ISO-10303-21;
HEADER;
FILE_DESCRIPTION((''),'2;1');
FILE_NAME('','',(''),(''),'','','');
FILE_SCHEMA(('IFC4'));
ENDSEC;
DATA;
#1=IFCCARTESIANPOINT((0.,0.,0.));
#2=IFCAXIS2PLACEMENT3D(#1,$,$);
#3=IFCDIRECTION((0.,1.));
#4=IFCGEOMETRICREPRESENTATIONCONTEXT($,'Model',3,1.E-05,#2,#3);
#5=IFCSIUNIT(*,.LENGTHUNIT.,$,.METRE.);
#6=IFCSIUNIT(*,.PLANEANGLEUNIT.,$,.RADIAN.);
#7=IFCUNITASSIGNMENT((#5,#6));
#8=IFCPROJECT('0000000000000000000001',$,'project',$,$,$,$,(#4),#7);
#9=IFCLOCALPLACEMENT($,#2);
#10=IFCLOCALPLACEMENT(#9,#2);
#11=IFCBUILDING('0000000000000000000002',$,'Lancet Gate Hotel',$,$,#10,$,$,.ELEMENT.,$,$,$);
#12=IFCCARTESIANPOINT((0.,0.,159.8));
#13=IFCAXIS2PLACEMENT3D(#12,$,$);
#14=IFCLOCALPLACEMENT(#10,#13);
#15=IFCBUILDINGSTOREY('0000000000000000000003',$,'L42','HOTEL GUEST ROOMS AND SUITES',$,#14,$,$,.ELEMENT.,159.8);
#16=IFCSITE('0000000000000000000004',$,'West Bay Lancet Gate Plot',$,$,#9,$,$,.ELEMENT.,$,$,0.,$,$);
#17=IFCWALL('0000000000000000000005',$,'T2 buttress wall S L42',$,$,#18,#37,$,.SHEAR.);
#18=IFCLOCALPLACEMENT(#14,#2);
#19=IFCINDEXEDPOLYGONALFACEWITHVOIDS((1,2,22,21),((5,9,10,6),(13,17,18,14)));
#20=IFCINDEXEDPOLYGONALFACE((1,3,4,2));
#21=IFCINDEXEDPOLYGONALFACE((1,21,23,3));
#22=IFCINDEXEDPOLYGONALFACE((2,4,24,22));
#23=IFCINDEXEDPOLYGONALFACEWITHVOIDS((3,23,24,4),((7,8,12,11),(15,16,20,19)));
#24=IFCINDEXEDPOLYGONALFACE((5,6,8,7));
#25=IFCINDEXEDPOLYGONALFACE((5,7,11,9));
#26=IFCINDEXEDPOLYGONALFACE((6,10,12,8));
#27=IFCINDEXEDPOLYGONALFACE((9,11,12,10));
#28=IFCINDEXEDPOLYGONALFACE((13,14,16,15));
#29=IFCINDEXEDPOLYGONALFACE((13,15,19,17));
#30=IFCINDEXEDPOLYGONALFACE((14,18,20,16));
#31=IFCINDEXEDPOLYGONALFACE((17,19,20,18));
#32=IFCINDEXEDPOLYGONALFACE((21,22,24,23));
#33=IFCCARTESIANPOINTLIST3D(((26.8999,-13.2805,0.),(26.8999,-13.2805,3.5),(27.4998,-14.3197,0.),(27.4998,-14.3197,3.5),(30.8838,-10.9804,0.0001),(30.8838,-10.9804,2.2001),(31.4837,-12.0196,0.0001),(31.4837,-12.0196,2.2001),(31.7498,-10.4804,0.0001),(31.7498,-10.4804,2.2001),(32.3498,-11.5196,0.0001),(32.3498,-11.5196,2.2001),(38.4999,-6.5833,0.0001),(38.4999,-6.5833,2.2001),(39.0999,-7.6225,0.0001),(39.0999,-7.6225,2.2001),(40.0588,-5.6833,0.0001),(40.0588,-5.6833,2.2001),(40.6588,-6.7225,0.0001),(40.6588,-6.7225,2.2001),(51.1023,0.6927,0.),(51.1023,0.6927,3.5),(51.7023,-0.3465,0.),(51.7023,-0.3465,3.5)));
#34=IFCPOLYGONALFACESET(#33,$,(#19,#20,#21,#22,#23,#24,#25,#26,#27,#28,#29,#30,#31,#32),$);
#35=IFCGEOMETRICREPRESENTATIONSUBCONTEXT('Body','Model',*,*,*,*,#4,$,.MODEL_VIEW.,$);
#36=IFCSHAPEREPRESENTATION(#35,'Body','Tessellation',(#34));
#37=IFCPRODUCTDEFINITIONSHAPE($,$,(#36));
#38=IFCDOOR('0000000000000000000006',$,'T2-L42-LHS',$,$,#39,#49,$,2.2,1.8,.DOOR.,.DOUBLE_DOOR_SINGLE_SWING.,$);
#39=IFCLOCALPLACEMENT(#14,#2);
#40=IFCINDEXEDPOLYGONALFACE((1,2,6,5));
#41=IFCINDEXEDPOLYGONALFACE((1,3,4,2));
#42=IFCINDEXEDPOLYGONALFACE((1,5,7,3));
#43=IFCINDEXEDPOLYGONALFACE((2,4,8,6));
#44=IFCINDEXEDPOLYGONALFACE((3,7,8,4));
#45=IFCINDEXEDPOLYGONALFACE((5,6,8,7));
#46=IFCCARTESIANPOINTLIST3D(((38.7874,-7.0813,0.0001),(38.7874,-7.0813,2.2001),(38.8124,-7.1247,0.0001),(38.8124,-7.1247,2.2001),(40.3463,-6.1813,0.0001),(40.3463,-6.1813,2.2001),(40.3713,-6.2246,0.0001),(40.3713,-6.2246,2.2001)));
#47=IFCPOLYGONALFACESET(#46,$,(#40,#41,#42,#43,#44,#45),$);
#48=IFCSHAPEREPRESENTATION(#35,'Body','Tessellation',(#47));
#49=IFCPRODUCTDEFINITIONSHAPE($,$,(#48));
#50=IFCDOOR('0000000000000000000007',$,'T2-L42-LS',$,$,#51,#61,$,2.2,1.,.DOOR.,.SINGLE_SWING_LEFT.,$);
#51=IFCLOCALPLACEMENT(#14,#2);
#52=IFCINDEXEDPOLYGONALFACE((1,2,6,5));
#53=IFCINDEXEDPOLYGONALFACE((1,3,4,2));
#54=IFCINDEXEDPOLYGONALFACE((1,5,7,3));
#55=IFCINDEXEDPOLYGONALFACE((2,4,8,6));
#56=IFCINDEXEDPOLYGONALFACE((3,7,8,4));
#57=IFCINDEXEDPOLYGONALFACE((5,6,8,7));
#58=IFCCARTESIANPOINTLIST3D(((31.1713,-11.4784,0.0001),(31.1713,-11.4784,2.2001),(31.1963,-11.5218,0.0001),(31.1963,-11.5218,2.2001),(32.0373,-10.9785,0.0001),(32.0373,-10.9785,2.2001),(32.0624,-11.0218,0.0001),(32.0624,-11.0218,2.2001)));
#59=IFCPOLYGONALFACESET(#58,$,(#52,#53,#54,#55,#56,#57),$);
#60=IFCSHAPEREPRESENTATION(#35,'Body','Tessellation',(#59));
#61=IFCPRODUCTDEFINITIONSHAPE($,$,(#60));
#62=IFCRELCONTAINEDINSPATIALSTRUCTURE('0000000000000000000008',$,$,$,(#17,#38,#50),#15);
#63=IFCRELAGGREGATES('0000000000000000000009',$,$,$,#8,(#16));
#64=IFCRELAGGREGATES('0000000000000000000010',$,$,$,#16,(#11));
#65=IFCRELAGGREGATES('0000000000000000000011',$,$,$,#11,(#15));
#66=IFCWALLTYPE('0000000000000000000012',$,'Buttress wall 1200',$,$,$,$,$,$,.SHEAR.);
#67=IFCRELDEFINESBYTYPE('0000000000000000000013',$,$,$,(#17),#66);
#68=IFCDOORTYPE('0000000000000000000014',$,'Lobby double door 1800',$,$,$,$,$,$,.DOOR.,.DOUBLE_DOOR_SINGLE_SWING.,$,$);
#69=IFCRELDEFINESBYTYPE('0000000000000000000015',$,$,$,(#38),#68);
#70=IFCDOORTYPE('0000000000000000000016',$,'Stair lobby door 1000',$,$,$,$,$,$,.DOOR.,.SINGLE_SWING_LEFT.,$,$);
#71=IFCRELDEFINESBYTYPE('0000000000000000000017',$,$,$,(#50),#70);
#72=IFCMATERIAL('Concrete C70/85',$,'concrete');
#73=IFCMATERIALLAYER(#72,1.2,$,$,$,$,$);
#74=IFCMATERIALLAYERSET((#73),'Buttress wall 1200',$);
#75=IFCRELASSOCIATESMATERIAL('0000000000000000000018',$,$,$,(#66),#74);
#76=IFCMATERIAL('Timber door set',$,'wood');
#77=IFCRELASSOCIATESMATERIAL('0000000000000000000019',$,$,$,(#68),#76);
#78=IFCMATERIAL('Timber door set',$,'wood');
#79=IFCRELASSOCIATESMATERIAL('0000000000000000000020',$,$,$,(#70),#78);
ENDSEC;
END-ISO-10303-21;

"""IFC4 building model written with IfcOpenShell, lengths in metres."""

from ifc_helpers import new_model, si_unit, direction, frame, frame_2d, origin, place, context, subcontext, project, spatial, rectangle, extrude, material, layer, layer_set, type_object, element, fill, save


model = new_model("IFC4")

# Units and contexts
model_context = context("Model", 3, precision=1e-05, world=origin(), true_north=direction((0.0, 1.0)))
body_context = subcontext(model_context, "Body", "Model", "MODEL_VIEW")
ifc_project = project(units=[si_unit("LENGTHUNIT", "METRE"), si_unit("PLANEANGLEUNIT", "RADIAN")], contexts=[model_context])

# Site, building, storey
site_placement = place(None, origin())
site = spatial("IfcSite", under=ifc_project, at=site_placement, Name="West Bay Lancet Gate Plot", CompositionType="ELEMENT", RefElevation=0.0)
building_placement = place(site_placement, origin())
building = spatial("IfcBuilding", under=site, at=building_placement, Name="Lancet Gate Hotel", CompositionType="ELEMENT")
storey_placement = place(building_placement, frame((0.0, 0.0, 159.8)))
storey = spatial("IfcBuildingStorey", under=building, at=storey_placement, Name="L42", Description="HOTEL GUEST ROOMS AND SUITES", CompositionType="ELEMENT", Elevation=159.8)

# Wall, openings, doors
ifc_material_1 = material(Name="Concrete C70/85", Category="concrete")
ifc_layer_1 = layer(ifc_material_1, 1.2)
ifc_layer_set_1 = layer_set([ifc_layer_1], Name="Buttress wall 1200")
wall_type = type_object("IfcWallType", Name="Buttress wall 1200", PredefinedType="SHEAR", material=ifc_layer_set_1)
wall_placement = place(storey_placement, frame((27.2, -13.8, 0.0), z_axis=(0.0, 0.0, 1.0), x_axis=(0.866027, 0.499997, 0.0)))
wall = element("IfcWall", 1, at=wall_placement, inside=storey, type_object=wall_type, Name="T2 buttress wall S L42", PredefinedType="SHEAR", context=body_context, shape_type="SweptSolid", body=[
    extrude(rectangle(XDim=27.9465, YDim=1.2, at=frame_2d((13.9731, 0.0))), origin(), (0.0, 0.0, 1.0), 3.5),
])
opening_1_placement = place(wall_placement, frame((4.6001, 0.0, 0.0)))
opening_1 = element("IfcOpeningElement", 2, at=opening_1_placement, cuts=wall, PredefinedType="OPENING", context=body_context, shape_type="SweptSolid", body=[
    extrude(rectangle(XDim=1.0, YDim=2.2, at=frame_2d((0.5, 1.1001))), frame((0.0, 0.6099, 0.0), z_axis=(0.0, -1.0, 0.0), x_axis=(1.0, 0.0, 0.0)), (0.0, 0.0, 1.0), 1.22),
])
opening_2_placement = place(wall_placement, frame((13.3945, 0.0, 0.0)))
opening_2 = element("IfcOpeningElement", 3, at=opening_2_placement, cuts=wall, PredefinedType="OPENING", context=body_context, shape_type="SweptSolid", body=[
    extrude(rectangle(XDim=1.8, YDim=2.2, at=frame_2d((0.8999, 1.1001))), frame((0.0, 0.6099, 0.0), z_axis=(0.0, -1.0, 0.0), x_axis=(1.0, 0.0, 0.0)), (0.0, 0.0, 1.0), 1.22),
])
ifc_material_2 = material(Name="Timber door set", Category="wood")
door_type_1 = type_object("IfcDoorType", Name="Lobby double door 1800", OperationType="DOUBLE_DOOR_SINGLE_SWING", PredefinedType="DOOR", material=ifc_material_2)
door_1_placement = place(opening_2_placement, origin())
door_1 = element("IfcDoor", 4, at=door_1_placement, inside=storey, type_object=door_type_1, Name="T2-L42-LHS", OperationType="DOUBLE_DOOR_SINGLE_SWING", OverallHeight=2.2, OverallWidth=1.8, PredefinedType="DOOR", context=body_context, shape_type="SweptSolid", body=[
    extrude(rectangle(XDim=1.8, YDim=2.2, at=frame_2d((0.8999, 1.1001))), frame((0.0, 0.0249, 0.0), z_axis=(0.0, -1.0, 0.0), x_axis=(1.0, 0.0, 0.0)), (0.0, 0.0, 1.0), 0.05),
])
fill(opening_2, door_1)
ifc_material_3 = material(Name="Timber door set", Category="wood")
door_type_2 = type_object("IfcDoorType", Name="Stair lobby door 1000", OperationType="SINGLE_SWING_LEFT", PredefinedType="DOOR", material=ifc_material_3)
door_2_placement = place(opening_1_placement, origin())
door_2 = element("IfcDoor", 5, at=door_2_placement, inside=storey, type_object=door_type_2, Name="T2-L42-LS", OperationType="SINGLE_SWING_LEFT", OverallHeight=2.2, OverallWidth=1.0, PredefinedType="DOOR", context=body_context, shape_type="SweptSolid", body=[
    extrude(rectangle(XDim=1.0, YDim=2.2, at=frame_2d((0.5, 1.1001))), frame((0.0, 0.0249, 0.0), z_axis=(0.0, -1.0, 0.0), x_axis=(1.0, 0.0, 0.0)), (0.0, 0.0, 1.0), 0.05),
])
fill(opening_1, door_2)

save(model, "model.ifc")
